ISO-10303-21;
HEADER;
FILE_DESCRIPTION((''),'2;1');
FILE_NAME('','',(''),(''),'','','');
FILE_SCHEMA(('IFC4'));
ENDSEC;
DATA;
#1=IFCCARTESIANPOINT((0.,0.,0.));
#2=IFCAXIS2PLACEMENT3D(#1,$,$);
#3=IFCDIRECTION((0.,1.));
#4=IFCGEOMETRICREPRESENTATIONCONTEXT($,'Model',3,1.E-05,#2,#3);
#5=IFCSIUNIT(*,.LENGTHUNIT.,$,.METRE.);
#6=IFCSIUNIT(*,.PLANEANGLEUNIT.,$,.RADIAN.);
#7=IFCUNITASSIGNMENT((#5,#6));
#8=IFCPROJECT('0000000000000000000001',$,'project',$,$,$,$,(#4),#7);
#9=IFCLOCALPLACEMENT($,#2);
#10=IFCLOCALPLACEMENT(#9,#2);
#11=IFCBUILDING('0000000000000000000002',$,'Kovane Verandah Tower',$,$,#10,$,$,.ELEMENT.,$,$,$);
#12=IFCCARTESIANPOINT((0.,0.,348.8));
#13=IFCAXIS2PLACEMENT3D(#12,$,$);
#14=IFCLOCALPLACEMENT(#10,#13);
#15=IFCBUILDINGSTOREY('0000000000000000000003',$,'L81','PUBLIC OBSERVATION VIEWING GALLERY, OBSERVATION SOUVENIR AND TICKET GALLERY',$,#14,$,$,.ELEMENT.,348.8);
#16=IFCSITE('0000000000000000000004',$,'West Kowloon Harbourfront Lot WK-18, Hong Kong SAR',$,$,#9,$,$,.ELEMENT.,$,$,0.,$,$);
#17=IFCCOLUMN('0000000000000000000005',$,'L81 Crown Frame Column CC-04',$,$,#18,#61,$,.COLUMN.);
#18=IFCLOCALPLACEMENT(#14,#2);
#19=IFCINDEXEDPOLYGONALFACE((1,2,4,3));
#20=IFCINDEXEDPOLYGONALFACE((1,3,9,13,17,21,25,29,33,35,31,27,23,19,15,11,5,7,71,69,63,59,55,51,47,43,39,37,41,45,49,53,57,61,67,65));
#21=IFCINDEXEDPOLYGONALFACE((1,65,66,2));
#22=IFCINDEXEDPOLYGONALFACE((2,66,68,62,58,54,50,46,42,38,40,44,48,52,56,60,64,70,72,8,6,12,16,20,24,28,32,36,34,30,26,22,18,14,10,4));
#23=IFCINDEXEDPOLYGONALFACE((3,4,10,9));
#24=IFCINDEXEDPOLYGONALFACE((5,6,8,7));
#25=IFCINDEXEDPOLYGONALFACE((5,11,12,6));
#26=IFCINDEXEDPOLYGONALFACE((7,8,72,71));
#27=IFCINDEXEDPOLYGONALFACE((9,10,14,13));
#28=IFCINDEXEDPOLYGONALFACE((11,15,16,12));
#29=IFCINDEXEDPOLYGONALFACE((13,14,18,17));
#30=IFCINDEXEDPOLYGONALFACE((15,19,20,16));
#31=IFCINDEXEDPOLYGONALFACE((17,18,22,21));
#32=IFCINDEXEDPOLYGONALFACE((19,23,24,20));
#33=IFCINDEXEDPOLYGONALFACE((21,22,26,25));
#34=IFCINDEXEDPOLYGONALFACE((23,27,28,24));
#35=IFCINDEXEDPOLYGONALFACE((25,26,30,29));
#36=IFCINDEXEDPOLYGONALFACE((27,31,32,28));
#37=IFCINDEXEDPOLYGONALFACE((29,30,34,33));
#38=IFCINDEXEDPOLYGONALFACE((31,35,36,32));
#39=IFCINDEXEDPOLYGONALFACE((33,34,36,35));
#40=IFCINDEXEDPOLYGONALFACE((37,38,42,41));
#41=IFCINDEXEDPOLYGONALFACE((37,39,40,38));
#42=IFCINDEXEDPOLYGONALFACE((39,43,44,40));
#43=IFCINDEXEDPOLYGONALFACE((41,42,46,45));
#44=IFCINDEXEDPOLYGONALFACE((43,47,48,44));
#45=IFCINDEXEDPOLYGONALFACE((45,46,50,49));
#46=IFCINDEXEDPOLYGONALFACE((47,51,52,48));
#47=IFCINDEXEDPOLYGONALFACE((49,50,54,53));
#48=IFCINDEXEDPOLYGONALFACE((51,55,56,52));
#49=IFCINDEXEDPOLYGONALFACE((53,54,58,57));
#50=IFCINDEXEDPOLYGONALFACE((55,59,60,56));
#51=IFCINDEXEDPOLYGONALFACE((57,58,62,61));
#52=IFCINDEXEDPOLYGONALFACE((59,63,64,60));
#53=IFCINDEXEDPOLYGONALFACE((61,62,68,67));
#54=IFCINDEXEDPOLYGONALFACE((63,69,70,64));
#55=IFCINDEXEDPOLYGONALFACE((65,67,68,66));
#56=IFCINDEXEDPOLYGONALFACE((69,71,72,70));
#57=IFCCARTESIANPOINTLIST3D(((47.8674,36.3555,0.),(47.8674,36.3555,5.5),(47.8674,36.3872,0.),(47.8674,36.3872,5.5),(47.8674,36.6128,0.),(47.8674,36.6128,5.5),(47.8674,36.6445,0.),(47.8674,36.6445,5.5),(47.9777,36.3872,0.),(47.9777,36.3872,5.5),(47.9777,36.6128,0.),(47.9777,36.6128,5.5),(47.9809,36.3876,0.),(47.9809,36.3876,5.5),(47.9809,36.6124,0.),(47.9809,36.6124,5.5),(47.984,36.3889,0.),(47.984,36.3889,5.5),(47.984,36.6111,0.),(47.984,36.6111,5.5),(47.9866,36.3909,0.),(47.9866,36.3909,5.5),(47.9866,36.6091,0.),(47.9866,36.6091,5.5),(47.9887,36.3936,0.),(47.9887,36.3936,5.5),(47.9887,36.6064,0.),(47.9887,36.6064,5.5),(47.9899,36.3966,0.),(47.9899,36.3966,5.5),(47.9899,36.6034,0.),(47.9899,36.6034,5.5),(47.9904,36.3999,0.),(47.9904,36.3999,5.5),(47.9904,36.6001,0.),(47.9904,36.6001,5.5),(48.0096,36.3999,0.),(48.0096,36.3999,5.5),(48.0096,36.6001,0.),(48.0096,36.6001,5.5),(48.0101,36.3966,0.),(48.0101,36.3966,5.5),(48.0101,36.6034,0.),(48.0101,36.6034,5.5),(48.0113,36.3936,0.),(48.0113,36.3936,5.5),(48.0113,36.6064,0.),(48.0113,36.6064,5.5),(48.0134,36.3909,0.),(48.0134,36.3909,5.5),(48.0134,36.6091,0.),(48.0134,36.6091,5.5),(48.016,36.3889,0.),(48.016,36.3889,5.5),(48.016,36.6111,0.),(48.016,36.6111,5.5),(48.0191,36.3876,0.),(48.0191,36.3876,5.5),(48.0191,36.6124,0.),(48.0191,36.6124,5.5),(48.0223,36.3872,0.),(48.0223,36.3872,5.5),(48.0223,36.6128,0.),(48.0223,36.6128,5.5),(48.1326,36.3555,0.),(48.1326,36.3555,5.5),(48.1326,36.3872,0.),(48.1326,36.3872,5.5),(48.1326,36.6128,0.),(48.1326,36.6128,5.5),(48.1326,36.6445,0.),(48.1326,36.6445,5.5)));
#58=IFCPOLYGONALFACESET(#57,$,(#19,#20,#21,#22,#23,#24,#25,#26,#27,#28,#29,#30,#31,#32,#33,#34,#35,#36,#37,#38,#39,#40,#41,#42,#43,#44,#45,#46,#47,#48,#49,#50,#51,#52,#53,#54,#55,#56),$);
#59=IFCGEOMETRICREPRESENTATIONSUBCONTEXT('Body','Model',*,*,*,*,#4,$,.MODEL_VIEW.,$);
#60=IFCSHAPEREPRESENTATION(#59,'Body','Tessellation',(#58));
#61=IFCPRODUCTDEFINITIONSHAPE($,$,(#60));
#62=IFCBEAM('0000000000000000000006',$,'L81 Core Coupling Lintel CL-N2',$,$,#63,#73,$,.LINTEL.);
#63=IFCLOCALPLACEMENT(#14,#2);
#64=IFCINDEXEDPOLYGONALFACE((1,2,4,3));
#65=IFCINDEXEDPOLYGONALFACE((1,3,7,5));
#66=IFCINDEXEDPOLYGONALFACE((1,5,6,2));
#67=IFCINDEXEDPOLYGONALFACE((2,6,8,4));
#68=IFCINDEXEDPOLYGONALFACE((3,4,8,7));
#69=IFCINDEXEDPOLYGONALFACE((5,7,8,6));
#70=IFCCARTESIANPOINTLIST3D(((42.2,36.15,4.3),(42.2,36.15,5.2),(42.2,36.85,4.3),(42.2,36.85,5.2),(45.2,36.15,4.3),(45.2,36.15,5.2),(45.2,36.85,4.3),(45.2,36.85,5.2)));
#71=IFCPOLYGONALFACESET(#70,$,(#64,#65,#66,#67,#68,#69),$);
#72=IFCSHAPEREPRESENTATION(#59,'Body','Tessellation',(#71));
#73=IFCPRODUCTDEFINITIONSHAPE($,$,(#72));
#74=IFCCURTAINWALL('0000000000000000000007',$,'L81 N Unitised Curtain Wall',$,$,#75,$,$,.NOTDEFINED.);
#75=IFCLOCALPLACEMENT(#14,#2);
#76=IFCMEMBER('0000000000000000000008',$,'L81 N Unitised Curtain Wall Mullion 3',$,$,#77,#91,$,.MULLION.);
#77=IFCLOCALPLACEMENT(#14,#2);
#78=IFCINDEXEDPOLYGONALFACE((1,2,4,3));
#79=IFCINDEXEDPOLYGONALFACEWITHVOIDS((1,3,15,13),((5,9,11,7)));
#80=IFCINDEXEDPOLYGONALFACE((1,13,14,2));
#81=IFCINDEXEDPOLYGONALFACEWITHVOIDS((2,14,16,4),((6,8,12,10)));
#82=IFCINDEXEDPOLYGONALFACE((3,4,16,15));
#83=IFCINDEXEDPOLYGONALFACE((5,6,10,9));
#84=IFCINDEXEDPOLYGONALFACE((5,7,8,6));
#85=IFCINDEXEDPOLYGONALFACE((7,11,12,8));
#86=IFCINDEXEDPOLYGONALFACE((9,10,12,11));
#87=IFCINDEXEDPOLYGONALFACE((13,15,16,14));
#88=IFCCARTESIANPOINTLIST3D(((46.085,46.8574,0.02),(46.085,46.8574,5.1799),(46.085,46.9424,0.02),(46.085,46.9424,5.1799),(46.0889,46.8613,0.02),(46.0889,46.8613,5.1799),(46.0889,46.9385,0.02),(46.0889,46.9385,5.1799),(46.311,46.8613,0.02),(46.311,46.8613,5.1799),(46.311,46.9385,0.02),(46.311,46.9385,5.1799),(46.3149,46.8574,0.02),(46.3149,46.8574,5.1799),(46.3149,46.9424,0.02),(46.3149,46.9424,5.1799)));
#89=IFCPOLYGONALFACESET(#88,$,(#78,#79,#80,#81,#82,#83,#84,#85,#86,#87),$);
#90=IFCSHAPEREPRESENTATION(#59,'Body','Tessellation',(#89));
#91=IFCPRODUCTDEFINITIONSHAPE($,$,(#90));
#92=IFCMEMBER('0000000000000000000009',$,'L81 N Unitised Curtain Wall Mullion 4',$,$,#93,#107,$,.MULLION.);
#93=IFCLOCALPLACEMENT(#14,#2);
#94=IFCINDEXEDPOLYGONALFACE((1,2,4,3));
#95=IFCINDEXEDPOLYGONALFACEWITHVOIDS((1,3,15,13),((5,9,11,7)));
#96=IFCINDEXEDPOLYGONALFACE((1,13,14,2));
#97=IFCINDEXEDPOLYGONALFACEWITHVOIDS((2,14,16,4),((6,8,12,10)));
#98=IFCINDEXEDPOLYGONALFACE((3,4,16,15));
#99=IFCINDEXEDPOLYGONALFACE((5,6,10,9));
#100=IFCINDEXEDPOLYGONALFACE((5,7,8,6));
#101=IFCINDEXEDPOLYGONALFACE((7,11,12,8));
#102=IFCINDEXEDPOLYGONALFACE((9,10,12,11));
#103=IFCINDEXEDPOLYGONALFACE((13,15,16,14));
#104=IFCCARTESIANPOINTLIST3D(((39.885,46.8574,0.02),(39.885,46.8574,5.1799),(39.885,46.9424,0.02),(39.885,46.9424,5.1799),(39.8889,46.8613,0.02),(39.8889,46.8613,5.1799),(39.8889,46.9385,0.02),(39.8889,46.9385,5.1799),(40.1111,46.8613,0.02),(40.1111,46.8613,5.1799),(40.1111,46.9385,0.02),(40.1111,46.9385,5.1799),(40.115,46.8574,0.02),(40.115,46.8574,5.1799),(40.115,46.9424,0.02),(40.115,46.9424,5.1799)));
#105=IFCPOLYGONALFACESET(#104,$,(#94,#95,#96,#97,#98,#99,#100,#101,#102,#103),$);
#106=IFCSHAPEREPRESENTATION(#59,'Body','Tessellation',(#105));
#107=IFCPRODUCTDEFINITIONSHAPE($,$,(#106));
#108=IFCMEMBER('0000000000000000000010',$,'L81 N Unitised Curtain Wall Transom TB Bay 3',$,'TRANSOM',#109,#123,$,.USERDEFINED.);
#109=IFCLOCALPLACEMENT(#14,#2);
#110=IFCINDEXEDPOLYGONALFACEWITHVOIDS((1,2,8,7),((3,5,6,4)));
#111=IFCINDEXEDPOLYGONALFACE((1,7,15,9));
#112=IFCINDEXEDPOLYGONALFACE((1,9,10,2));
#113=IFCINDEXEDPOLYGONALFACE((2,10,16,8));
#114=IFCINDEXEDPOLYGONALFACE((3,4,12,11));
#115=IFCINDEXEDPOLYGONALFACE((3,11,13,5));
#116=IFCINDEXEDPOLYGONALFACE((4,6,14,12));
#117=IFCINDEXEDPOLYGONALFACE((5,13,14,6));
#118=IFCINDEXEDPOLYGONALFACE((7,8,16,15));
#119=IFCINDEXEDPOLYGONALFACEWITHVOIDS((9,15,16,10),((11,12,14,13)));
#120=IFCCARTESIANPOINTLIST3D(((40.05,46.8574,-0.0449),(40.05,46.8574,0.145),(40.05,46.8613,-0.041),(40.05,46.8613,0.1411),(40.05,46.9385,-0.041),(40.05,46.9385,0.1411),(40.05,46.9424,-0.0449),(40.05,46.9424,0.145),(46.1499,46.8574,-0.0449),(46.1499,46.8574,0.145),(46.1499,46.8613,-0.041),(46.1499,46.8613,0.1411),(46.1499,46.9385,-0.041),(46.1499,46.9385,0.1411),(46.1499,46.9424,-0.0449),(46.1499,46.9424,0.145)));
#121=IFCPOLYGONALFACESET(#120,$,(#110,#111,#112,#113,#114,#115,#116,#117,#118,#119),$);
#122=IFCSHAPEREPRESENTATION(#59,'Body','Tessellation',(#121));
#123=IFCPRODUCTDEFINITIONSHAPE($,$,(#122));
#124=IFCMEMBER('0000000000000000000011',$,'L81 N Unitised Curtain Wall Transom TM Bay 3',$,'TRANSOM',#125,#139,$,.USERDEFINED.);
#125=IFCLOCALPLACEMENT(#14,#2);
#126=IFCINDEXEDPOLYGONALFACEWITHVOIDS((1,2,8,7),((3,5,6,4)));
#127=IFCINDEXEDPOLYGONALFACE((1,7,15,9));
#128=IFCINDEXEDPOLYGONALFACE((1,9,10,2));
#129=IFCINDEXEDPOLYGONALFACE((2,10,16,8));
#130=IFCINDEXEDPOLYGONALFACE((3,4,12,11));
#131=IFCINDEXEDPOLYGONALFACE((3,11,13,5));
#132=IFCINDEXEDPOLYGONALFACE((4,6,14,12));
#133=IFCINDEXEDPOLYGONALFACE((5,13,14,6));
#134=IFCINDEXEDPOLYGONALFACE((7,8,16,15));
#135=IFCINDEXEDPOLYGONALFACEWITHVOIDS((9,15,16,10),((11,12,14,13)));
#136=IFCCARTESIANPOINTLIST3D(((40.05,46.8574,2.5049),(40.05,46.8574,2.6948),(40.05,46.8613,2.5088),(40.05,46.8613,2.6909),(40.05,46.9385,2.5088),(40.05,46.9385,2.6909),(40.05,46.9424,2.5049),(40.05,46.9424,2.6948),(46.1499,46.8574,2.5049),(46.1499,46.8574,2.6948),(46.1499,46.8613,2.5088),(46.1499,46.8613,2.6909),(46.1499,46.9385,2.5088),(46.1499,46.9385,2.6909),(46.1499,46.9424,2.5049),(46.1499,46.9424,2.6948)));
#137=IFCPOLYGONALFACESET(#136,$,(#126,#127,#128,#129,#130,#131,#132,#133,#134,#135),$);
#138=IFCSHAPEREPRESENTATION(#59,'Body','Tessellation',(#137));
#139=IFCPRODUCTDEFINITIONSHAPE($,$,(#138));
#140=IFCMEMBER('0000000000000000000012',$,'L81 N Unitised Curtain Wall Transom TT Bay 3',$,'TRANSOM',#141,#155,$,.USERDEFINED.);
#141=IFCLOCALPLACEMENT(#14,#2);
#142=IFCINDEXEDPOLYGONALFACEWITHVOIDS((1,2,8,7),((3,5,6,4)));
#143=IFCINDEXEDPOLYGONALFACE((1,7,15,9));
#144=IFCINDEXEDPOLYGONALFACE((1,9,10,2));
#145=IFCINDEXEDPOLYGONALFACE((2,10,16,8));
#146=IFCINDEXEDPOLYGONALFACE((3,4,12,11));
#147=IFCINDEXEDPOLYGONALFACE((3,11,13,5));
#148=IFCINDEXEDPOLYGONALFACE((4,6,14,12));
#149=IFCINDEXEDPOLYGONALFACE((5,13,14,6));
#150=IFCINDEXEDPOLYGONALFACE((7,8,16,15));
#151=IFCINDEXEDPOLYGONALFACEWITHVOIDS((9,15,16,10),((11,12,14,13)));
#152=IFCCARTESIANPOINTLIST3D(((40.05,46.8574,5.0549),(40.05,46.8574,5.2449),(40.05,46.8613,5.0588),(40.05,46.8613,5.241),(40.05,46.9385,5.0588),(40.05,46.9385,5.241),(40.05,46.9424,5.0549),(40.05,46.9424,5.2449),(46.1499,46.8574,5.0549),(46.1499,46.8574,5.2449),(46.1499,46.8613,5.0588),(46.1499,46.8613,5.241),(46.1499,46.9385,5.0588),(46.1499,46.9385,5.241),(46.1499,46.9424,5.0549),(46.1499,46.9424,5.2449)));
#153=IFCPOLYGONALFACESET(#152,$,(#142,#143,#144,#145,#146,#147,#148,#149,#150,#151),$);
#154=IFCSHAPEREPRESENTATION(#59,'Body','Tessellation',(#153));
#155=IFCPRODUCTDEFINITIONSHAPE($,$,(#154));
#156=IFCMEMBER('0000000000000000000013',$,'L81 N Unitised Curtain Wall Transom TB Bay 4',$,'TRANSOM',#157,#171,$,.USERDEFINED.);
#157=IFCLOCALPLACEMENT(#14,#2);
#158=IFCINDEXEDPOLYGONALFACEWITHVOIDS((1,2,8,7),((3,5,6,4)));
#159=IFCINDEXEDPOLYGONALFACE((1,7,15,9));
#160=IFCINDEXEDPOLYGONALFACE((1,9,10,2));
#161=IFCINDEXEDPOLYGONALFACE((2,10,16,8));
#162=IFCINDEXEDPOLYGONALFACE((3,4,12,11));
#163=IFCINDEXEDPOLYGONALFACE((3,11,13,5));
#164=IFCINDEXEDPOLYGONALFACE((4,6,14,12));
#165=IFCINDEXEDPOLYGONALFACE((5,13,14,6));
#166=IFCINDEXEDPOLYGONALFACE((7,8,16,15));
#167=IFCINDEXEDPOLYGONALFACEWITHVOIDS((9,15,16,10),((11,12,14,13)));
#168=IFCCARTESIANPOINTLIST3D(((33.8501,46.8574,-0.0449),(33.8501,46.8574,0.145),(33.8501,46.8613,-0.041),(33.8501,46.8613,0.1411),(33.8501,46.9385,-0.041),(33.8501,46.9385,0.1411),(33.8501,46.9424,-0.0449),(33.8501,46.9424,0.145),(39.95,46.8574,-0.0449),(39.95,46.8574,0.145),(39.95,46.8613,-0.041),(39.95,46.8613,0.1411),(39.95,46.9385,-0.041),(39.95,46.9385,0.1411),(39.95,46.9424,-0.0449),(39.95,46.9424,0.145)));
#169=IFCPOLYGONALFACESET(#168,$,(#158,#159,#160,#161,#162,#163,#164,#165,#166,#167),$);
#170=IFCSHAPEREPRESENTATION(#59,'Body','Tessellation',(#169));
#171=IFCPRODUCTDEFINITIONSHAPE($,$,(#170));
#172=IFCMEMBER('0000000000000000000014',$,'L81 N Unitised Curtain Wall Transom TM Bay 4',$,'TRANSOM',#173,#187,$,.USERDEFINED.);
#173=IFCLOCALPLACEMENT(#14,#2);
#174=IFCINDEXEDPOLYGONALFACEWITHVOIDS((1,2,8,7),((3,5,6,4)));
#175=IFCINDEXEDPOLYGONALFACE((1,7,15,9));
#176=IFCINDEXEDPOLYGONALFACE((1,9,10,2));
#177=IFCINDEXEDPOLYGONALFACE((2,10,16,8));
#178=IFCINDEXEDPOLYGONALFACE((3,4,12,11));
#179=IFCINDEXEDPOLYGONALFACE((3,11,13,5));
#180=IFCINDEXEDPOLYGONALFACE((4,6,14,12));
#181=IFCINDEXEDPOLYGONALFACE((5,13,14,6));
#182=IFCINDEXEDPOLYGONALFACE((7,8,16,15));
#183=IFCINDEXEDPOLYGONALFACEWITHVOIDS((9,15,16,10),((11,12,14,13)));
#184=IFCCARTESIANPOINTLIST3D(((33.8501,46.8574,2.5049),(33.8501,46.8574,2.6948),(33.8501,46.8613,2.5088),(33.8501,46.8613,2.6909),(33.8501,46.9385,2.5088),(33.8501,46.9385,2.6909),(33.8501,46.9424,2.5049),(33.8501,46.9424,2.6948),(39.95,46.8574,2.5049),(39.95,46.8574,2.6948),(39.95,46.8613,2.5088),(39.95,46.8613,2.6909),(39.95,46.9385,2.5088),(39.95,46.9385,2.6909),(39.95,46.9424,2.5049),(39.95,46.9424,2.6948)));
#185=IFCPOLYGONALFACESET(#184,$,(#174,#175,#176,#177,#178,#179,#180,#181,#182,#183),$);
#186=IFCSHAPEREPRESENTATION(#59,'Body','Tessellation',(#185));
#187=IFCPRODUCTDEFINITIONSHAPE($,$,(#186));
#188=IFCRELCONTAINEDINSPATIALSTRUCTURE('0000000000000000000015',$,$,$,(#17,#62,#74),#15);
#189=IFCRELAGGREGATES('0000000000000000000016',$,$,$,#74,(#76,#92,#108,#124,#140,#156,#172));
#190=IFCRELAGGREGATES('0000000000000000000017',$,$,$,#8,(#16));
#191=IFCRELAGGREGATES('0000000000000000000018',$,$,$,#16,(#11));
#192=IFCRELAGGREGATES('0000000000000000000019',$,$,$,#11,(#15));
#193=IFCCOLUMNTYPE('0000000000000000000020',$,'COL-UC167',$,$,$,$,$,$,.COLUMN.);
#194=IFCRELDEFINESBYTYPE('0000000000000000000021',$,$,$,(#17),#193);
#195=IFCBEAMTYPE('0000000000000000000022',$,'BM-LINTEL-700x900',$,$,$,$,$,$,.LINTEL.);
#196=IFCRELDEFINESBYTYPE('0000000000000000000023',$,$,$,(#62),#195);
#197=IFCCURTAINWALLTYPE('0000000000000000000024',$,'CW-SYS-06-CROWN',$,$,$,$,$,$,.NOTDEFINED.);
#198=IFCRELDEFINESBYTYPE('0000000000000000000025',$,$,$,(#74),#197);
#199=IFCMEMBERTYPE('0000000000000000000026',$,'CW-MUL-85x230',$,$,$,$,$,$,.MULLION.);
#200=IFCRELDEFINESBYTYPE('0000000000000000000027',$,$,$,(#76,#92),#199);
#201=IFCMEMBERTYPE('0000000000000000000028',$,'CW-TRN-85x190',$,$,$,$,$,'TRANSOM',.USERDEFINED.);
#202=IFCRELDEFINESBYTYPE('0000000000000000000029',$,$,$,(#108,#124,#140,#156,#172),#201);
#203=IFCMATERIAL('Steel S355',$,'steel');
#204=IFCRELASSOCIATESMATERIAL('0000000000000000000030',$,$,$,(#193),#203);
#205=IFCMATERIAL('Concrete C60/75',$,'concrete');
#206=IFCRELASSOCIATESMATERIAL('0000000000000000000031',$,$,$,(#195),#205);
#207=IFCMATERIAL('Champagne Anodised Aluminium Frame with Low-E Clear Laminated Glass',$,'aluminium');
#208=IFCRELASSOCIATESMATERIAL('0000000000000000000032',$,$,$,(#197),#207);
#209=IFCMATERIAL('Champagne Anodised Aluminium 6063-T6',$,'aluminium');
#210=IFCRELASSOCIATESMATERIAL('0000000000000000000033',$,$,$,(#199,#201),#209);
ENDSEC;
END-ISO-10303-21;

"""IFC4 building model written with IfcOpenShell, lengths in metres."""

from ifc_helpers import new_model, si_unit, direction, frame, origin, origin_2d, place, context, subcontext, project, spatial, rectangle, hollow_rectangle, i_section, extrude, material, material_profile, profile_set, type_object, element, aggregate, save


model = new_model("IFC4")

# Units and contexts
model_context = context("Model", 3, precision=1e-05, world=origin(), true_north=direction((0.0, 1.0)))
body_context = subcontext(model_context, "Body", "Model", "MODEL_VIEW")
ifc_project = project(units=[si_unit("LENGTHUNIT", "METRE"), si_unit("PLANEANGLEUNIT", "RADIAN")], contexts=[model_context])

# Site, building, storey
site_placement = place(None, origin())
site = spatial("IfcSite", under=ifc_project, at=site_placement, Name="West Kowloon Harbourfront Lot WK-18, Hong Kong SAR", CompositionType="ELEMENT", RefElevation=0.0)
building_placement = place(site_placement, origin())
building = spatial("IfcBuilding", under=site, at=building_placement, Name="Kovane Verandah Tower", CompositionType="ELEMENT")
storey_placement = place(building_placement, frame((0.0, 0.0, 348.8)))
storey = spatial("IfcBuildingStorey", under=building, at=storey_placement, Name="L81", Description="PUBLIC OBSERVATION VIEWING GALLERY, OBSERVATION SOUVENIR AND TICKET GALLERY", CompositionType="ELEMENT", Elevation=348.8)

# Column
ifc_material_1 = material(Name="Steel S355", Category="steel")
ifc_material_profile_1 = material_profile(ifc_material_1, i_section(OverallWidth=0.2651, OverallDepth=0.2891, WebThickness=0.0193, FlangeThickness=0.0317, FilletRadius=0.0127, at=origin_2d()), Name="UC254x254x167")
ifc_profile_set_1 = profile_set([ifc_material_profile_1], Name="Steel S355")
column_type = type_object("IfcColumnType", Name="COL-UC167", PredefinedType="COLUMN", material=ifc_profile_set_1)
column_placement = place(storey_placement, frame((48.0, 36.5, 0.0), z_axis=(0.0, 0.0, 1.0), x_axis=(1.0, 0.0, 0.0)))
element("IfcColumn", 1, at=column_placement, inside=storey, type_object=column_type, Name="L81 Crown Frame Column CC-04", PredefinedType="COLUMN", context=body_context, shape_type="SweptSolid", body=[
    extrude(i_section(OverallWidth=0.2651, OverallDepth=0.2891, WebThickness=0.0193, FlangeThickness=0.0317, FilletRadius=0.0127, at=origin_2d()), origin(), (0.0, 0.0, 1.0), 5.5),
])

# Beam
ifc_material_2 = material(Name="Concrete C60/75", Category="concrete")
ifc_material_profile_2 = material_profile(ifc_material_2, rectangle(XDim=0.7, YDim=0.8999, at=origin_2d()), Name="RCB700x900")
ifc_profile_set_2 = profile_set([ifc_material_profile_2], Name="Concrete C60/75")
beam_type = type_object("IfcBeamType", Name="BM-LINTEL-700x900", PredefinedType="LINTEL", material=ifc_profile_set_2)
beam_placement = place(storey_placement, frame((42.2, 36.5, 4.75), z_axis=(1.0, 0.0, 0.0), x_axis=(0.0, 1.0, 0.0)))
element("IfcBeam", 2, at=beam_placement, inside=storey, type_object=beam_type, Name="L81 Core Coupling Lintel CL-N2", PredefinedType="LINTEL", context=body_context, shape_type="SweptSolid", body=[
    extrude(rectangle(XDim=0.7, YDim=0.8999, at=origin_2d()), origin(), (0.0, 0.0, 1.0), 3.0),
])

# Curtain wall, members
ifc_material_3 = material(Name="Champagne Anodised Aluminium Frame with Low-E Clear Laminated Glass", Category="aluminium")
curtain_wall_type = type_object("IfcCurtainWallType", Name="CW-SYS-06-CROWN", PredefinedType="NOTDEFINED", material=ifc_material_3)
curtain_wall_placement = place(storey_placement, origin())
curtain_wall = element("IfcCurtainWall", 3, at=curtain_wall_placement, inside=storey, type_object=curtain_wall_type, Name="L81 N Unitised Curtain Wall", PredefinedType="NOTDEFINED")
ifc_material_4 = material(Name="Champagne Anodised Aluminium 6063-T6", Category="aluminium")
ifc_material_profile_3 = material_profile(ifc_material_4, hollow_rectangle(XDim=0.085, YDim=0.23, WallThickness=0.0039, at=origin_2d()), Name="AL85x230x4")
ifc_profile_set_3 = profile_set([ifc_material_profile_3], Name="Champagne Anodised Aluminium 6063-T6")
member_type_1 = type_object("IfcMemberType", Name="CW-MUL-85x230", PredefinedType="MULLION", material=ifc_profile_set_3)
member_1_placement = place(storey_placement, frame((46.2, 46.8999, 0.02), z_axis=(0.0, 0.0, 1.0), x_axis=(0.0, 1.0, 0.0)))
member_1 = element("IfcMember", 4, at=member_1_placement, type_object=member_type_1, Name="L81 N Unitised Curtain Wall Mullion 3", PredefinedType="MULLION", context=body_context, shape_type="SweptSolid", body=[
    extrude(hollow_rectangle(XDim=0.085, YDim=0.23, WallThickness=0.0039, at=origin_2d()), origin(), (0.0, 0.0, 1.0), 5.1599),
])
member_2_placement = place(storey_placement, frame((40.0, 46.8999, 0.02), z_axis=(0.0, 0.0, 1.0), x_axis=(0.0, 1.0, 0.0)))
member_2 = element("IfcMember", 5, at=member_2_placement, type_object=member_type_1, Name="L81 N Unitised Curtain Wall Mullion 4", PredefinedType="MULLION", context=body_context, shape_type="SweptSolid", body=[
    extrude(hollow_rectangle(XDim=0.085, YDim=0.23, WallThickness=0.0039, at=origin_2d()), origin(), (0.0, 0.0, 1.0), 5.1599),
])
ifc_material_profile_4 = material_profile(ifc_material_4, hollow_rectangle(XDim=0.085, YDim=0.1899, WallThickness=0.0039, at=origin_2d()), Name="AL85x190x4")
ifc_profile_set_4 = profile_set([ifc_material_profile_4], Name="Champagne Anodised Aluminium 6063-T6")
member_type_2 = type_object("IfcMemberType", Name="CW-TRN-85x190", ElementType="TRANSOM", PredefinedType="USERDEFINED", material=ifc_profile_set_4)
member_3_placement = place(storey_placement, frame((46.1499, 46.8999, 0.05), z_axis=(-1.0, 0.0, 0.0), x_axis=(0.0, -1.0, 0.0)))
member_3 = element("IfcMember", 6, at=member_3_placement, type_object=member_type_2, Name="L81 N Unitised Curtain Wall Transom TB Bay 3", ObjectType="TRANSOM", PredefinedType="USERDEFINED", context=body_context, shape_type="SweptSolid", body=[
    extrude(hollow_rectangle(XDim=0.085, YDim=0.1899, WallThickness=0.0039, at=origin_2d()), origin(), (0.0, 0.0, 1.0), 6.0999),
])
member_4_placement = place(storey_placement, frame((46.1499, 46.8999, 2.5999), z_axis=(-1.0, 0.0, 0.0), x_axis=(0.0, -1.0, 0.0)))
member_4 = element("IfcMember", 7, at=member_4_placement, type_object=member_type_2, Name="L81 N Unitised Curtain Wall Transom TM Bay 3", ObjectType="TRANSOM", PredefinedType="USERDEFINED", context=body_context, shape_type="SweptSolid", body=[
    extrude(hollow_rectangle(XDim=0.085, YDim=0.1899, WallThickness=0.0039, at=origin_2d()), origin(), (0.0, 0.0, 1.0), 6.0999),
])
member_5_placement = place(storey_placement, frame((46.1499, 46.8999, 5.1499), z_axis=(-1.0, 0.0, 0.0), x_axis=(0.0, -1.0, 0.0)))
member_5 = element("IfcMember", 8, at=member_5_placement, type_object=member_type_2, Name="L81 N Unitised Curtain Wall Transom TT Bay 3", ObjectType="TRANSOM", PredefinedType="USERDEFINED", context=body_context, shape_type="SweptSolid", body=[
    extrude(hollow_rectangle(XDim=0.085, YDim=0.1899, WallThickness=0.0039, at=origin_2d()), origin(), (0.0, 0.0, 1.0), 6.0999),
])
member_6_placement = place(storey_placement, frame((39.95, 46.8999, 0.05), z_axis=(-1.0, 0.0, 0.0), x_axis=(0.0, -1.0, 0.0)))
member_6 = element("IfcMember", 9, at=member_6_placement, type_object=member_type_2, Name="L81 N Unitised Curtain Wall Transom TB Bay 4", ObjectType="TRANSOM", PredefinedType="USERDEFINED", context=body_context, shape_type="SweptSolid", body=[
    extrude(hollow_rectangle(XDim=0.085, YDim=0.1899, WallThickness=0.0039, at=origin_2d()), origin(), (0.0, 0.0, 1.0), 6.0999),
])
member_7_placement = place(storey_placement, frame((39.95, 46.8999, 2.5999), z_axis=(-1.0, 0.0, 0.0), x_axis=(0.0, -1.0, 0.0)))
member_7 = element("IfcMember", 10, at=member_7_placement, type_object=member_type_2, Name="L81 N Unitised Curtain Wall Transom TM Bay 4", ObjectType="TRANSOM", PredefinedType="USERDEFINED", context=body_context, shape_type="SweptSolid", body=[
    extrude(hollow_rectangle(XDim=0.085, YDim=0.1899, WallThickness=0.0039, at=origin_2d()), origin(), (0.0, 0.0, 1.0), 6.0999),
])
aggregate(curtain_wall, [member_1, member_2, member_3, member_4, member_5, member_6, member_7])

save(model, "model.ifc")
